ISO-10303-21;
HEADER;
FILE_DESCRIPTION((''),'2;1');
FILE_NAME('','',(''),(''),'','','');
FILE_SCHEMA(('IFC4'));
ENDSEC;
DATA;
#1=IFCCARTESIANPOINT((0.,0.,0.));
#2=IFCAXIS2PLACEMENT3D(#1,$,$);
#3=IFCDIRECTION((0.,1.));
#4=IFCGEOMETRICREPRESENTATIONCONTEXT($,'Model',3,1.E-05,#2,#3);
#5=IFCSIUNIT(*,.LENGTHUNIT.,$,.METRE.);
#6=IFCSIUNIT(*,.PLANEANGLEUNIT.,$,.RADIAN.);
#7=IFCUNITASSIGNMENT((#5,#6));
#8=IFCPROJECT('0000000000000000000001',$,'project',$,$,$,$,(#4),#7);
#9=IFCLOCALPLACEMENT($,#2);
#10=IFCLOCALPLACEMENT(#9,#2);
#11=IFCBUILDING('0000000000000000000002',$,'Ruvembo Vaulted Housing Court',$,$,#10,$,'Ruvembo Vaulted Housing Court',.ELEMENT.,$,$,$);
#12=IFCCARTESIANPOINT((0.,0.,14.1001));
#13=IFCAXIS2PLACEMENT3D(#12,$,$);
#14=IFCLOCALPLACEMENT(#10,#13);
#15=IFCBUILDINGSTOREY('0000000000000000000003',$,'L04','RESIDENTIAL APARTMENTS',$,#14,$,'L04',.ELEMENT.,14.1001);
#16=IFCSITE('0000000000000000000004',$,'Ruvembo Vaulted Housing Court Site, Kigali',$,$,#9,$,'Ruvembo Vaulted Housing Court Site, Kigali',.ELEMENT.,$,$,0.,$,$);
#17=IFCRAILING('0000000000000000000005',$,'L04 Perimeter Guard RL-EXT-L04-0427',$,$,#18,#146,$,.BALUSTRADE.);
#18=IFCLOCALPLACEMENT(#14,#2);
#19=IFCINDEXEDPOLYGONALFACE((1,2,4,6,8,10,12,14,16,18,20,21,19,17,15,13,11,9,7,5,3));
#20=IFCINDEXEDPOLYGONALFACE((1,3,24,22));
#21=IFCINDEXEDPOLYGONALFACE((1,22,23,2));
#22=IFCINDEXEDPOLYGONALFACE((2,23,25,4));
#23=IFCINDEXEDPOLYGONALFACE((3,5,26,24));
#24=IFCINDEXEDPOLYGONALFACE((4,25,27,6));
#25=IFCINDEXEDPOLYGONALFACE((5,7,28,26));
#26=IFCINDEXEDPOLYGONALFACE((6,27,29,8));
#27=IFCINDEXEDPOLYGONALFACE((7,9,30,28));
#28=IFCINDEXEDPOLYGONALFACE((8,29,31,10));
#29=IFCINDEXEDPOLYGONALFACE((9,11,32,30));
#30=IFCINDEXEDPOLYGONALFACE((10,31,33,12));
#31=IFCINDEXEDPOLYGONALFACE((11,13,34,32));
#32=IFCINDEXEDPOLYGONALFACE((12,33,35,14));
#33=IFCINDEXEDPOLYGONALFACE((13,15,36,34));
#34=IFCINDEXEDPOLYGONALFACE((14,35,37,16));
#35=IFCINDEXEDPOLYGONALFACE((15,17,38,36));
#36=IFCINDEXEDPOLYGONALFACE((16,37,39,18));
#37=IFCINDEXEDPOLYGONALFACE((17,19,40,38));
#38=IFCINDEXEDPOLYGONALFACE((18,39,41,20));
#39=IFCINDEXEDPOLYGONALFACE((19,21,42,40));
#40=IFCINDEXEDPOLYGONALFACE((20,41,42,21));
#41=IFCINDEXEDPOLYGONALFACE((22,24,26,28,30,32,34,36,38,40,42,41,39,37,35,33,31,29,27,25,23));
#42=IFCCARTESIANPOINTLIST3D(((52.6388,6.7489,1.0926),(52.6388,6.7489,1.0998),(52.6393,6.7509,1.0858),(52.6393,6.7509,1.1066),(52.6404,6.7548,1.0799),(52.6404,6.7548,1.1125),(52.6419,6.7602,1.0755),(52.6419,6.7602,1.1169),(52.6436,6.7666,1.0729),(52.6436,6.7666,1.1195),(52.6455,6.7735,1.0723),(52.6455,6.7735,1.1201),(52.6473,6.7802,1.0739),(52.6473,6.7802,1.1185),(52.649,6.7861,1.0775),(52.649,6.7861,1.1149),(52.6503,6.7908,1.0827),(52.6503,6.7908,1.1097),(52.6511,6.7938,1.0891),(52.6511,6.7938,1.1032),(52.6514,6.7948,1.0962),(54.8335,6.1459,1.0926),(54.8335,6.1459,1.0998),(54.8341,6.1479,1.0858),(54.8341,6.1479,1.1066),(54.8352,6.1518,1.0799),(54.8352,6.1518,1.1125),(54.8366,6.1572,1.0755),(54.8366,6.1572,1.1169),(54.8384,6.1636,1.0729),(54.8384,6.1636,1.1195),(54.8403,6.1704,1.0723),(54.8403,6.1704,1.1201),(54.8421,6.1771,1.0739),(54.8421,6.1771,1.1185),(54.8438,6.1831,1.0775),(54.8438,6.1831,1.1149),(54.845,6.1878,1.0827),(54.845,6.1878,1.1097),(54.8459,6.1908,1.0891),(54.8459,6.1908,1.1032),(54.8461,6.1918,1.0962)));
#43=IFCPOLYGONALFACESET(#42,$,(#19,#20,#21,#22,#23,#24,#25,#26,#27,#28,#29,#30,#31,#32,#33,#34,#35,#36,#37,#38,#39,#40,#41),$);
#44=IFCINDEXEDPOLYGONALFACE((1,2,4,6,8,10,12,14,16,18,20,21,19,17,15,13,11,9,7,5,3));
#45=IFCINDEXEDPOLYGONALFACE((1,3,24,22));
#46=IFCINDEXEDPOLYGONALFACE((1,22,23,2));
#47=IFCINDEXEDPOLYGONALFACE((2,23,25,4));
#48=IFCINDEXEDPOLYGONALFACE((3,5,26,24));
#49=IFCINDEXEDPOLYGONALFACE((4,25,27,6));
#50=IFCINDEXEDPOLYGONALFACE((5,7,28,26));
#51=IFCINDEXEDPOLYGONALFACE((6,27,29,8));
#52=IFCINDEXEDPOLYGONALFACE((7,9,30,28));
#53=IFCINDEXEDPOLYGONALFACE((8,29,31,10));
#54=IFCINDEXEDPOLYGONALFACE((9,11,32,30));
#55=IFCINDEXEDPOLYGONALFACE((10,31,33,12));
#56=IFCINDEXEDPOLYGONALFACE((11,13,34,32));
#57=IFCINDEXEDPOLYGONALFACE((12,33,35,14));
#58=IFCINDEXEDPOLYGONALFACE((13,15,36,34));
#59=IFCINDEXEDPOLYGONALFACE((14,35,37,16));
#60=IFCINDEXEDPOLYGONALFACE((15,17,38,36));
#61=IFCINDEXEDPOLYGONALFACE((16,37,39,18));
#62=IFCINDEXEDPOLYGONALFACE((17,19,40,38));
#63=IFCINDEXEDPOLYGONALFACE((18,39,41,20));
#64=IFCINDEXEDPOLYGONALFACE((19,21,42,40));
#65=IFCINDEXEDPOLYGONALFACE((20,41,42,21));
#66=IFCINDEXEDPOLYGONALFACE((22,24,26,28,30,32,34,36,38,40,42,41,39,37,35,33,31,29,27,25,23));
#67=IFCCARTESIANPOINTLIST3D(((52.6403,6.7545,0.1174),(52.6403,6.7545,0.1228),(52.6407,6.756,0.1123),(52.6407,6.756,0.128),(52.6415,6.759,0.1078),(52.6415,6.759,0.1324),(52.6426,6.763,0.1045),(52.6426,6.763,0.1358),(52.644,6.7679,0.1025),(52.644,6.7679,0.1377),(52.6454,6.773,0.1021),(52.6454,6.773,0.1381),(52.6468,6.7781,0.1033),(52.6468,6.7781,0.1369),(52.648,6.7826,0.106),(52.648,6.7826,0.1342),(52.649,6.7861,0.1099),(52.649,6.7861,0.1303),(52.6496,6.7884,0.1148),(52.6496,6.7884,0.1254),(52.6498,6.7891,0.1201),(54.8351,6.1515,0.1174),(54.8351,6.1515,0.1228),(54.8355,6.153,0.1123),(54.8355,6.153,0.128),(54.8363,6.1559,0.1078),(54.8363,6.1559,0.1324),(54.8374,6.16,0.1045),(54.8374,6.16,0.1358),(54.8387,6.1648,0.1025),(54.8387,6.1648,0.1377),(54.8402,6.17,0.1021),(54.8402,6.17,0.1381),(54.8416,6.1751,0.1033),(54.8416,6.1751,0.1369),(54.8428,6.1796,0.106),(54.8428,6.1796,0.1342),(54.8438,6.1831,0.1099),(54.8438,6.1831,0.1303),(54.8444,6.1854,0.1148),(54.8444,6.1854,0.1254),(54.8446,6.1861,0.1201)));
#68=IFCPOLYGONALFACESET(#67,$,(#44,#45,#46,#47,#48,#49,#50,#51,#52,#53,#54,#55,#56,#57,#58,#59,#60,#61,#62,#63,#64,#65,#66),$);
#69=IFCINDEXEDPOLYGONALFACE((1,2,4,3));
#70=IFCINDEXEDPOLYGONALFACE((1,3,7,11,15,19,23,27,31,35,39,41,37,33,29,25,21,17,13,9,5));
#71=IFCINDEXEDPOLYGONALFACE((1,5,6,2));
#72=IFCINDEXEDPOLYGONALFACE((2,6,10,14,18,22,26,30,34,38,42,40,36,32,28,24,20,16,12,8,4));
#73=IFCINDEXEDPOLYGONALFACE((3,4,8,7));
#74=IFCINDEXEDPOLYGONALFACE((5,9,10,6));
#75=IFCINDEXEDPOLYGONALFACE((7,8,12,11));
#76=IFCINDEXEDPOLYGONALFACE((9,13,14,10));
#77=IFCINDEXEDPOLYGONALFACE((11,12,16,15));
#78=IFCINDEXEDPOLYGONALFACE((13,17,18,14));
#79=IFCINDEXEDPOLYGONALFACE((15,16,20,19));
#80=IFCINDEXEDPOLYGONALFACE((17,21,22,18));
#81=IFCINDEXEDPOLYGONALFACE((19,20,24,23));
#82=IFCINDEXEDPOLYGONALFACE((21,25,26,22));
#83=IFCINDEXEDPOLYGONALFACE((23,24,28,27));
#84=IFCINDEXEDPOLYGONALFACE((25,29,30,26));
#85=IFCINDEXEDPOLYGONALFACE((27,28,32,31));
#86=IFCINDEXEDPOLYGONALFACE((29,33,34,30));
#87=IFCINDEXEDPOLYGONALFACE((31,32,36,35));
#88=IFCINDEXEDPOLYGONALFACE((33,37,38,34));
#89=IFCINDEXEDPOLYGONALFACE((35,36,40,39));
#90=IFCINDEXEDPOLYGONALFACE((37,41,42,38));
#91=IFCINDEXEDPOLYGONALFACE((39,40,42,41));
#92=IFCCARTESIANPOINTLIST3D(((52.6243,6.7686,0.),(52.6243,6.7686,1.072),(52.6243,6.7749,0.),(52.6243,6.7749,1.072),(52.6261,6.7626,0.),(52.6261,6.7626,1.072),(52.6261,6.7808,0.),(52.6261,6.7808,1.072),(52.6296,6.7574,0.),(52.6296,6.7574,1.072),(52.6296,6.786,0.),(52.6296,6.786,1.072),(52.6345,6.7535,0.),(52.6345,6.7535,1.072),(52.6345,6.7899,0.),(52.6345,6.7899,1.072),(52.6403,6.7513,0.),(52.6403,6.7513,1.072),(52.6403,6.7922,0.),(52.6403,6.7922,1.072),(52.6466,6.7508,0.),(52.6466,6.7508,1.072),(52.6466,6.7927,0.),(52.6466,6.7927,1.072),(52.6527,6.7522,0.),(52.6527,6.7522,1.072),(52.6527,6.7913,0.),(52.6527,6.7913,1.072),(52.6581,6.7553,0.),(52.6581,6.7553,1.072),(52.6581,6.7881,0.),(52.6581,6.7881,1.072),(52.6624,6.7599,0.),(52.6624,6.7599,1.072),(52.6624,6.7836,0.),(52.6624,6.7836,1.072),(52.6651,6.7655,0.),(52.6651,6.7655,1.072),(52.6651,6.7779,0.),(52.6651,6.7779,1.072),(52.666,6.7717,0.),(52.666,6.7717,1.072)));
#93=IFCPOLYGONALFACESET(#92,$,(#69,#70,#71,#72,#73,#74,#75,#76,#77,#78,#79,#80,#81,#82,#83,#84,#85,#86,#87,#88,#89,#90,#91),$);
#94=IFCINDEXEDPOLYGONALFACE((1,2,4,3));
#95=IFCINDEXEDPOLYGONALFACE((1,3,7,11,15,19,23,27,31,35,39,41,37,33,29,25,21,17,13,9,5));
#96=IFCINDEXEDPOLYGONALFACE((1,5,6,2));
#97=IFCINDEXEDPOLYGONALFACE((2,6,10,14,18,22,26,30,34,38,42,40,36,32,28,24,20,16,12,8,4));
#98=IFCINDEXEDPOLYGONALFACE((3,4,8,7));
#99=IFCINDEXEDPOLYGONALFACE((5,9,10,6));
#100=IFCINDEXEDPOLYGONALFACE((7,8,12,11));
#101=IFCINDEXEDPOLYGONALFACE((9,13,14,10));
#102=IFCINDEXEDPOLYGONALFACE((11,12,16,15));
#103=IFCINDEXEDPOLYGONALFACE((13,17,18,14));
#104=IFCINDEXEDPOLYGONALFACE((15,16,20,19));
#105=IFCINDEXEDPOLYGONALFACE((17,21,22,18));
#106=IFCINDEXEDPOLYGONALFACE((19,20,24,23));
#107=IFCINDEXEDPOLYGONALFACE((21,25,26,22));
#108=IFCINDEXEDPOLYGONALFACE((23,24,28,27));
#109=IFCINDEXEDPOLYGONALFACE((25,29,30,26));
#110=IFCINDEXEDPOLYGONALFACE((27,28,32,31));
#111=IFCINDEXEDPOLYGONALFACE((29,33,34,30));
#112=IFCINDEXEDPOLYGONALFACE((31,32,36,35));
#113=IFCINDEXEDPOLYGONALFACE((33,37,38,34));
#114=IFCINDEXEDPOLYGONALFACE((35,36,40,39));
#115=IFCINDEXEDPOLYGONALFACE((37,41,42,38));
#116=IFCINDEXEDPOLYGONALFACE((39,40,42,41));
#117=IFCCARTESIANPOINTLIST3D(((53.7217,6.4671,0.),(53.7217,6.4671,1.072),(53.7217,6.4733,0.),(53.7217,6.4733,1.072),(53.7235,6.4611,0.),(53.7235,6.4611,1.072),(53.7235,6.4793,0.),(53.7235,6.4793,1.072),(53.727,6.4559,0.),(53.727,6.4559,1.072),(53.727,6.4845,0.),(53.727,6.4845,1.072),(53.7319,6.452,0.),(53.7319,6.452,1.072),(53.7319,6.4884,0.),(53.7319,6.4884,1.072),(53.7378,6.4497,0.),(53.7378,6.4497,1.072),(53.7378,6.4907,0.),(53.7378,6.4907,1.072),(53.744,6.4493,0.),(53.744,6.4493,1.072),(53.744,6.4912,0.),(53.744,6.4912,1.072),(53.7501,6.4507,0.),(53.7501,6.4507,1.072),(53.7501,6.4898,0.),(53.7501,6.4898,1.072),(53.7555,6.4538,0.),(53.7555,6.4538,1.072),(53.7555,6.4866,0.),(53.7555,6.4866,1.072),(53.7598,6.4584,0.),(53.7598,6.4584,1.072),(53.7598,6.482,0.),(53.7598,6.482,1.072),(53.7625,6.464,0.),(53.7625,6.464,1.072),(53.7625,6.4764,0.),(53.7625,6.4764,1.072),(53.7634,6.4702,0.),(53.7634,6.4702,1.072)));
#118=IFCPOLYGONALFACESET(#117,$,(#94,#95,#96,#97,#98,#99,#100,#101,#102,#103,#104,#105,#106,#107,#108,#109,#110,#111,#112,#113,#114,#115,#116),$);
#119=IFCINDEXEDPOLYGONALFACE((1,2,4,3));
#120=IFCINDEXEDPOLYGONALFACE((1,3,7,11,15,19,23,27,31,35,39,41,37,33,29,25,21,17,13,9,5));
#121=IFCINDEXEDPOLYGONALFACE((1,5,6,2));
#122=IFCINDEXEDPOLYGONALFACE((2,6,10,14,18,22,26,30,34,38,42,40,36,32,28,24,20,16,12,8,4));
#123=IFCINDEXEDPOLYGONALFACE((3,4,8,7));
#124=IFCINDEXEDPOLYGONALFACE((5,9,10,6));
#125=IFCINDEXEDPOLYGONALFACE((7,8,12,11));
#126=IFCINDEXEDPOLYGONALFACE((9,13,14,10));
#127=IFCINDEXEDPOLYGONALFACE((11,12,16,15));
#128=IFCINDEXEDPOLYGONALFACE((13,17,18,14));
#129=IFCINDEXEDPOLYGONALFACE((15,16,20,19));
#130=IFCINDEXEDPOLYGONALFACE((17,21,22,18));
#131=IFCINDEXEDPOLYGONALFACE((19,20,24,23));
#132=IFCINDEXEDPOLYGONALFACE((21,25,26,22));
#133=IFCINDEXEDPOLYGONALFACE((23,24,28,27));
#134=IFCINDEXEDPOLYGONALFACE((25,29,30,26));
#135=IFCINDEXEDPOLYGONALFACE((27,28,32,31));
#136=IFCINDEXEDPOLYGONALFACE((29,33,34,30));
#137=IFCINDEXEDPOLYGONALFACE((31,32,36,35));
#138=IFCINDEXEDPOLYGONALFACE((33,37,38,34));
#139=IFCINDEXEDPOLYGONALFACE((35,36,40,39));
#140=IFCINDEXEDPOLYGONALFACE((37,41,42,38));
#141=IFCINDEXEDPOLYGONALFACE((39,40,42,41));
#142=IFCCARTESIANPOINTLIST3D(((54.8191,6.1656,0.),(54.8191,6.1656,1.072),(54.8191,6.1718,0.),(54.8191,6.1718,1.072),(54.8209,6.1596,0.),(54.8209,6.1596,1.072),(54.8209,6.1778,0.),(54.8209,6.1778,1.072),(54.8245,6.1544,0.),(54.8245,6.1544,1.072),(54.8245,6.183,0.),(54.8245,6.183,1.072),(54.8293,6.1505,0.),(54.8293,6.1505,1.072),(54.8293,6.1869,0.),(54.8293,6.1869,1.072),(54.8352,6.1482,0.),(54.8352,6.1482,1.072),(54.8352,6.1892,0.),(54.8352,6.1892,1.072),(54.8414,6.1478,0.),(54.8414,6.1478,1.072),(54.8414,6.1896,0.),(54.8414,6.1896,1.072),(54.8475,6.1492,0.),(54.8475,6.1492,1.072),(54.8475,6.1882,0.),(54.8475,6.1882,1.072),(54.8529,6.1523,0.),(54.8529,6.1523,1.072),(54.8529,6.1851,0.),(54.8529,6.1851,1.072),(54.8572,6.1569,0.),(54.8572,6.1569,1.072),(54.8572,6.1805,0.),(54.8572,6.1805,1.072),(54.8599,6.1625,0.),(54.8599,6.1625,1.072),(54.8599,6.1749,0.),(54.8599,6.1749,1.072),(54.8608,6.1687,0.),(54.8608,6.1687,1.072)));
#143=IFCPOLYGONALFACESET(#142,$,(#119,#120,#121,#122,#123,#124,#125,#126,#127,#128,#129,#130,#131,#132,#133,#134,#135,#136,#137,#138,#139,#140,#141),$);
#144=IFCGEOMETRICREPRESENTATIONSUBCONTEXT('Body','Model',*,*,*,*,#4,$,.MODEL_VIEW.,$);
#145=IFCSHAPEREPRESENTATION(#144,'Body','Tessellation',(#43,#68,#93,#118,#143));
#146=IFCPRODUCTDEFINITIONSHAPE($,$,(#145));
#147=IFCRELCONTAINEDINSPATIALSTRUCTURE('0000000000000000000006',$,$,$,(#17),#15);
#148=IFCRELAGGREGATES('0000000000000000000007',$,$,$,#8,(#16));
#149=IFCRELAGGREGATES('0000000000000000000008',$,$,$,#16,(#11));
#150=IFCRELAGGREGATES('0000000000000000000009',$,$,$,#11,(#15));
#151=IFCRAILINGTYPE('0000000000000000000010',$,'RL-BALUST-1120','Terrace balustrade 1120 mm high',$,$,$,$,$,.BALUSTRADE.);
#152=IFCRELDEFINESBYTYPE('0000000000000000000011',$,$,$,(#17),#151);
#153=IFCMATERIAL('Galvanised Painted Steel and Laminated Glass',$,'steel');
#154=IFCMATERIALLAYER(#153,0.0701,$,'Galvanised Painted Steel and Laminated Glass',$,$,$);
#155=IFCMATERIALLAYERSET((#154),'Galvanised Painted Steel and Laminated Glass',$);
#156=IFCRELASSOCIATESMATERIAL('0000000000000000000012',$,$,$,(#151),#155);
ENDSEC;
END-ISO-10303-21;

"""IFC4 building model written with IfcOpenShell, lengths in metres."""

from ifc_helpers import new_model, si_unit, direction, frame, origin, origin_2d, place, context, subcontext, project, spatial, circle, extrude, material, layer, layer_set, type_object, element, save


model = new_model("IFC4")

# Units and contexts
model_context = context("Model", 3, precision=1e-05, world=origin(), true_north=direction((0.0, 1.0)))
body_context = subcontext(model_context, "Body", "Model", "MODEL_VIEW")
ifc_project = project(units=[si_unit("LENGTHUNIT", "METRE"), si_unit("PLANEANGLEUNIT", "RADIAN")], contexts=[model_context])

# Site, building, storey
site_placement = place(None, origin())
site = spatial("IfcSite", under=ifc_project, at=site_placement, Name="Ruvembo Vaulted Housing Court Site, Kigali", LongName="Ruvembo Vaulted Housing Court Site, Kigali", CompositionType="ELEMENT", RefElevation=0.0)
building_placement = place(site_placement, origin())
building = spatial("IfcBuilding", under=site, at=building_placement, Name="Ruvembo Vaulted Housing Court", LongName="Ruvembo Vaulted Housing Court", CompositionType="ELEMENT")
storey_placement = place(building_placement, frame((0.0, 0.0, 14.1001)))
storey = spatial("IfcBuildingStorey", under=building, at=storey_placement, Name="L04", Description="RESIDENTIAL APARTMENTS", LongName="L04", CompositionType="ELEMENT", Elevation=14.1001)

# Railing
ifc_material_1 = material(Name="Galvanised Painted Steel and Laminated Glass", Category="steel")
ifc_layer_1 = layer(ifc_material_1, 0.0701, Name="Galvanised Painted Steel and Laminated Glass")
ifc_layer_set_1 = layer_set([ifc_layer_1], Name="Galvanised Painted Steel and Laminated Glass")
railing_type = type_object("IfcRailingType", Name="RL-BALUST-1120", Description="Terrace balustrade 1120 mm high", PredefinedType="BALUSTRADE", material=ifc_layer_set_1)
railing_1_placement = place(storey_placement, frame((52.645, 6.7717, 0.0)))
element("IfcRailing", 1, at=railing_1_placement, inside=storey, type_object=railing_type, Name="L04 Perimeter Guard RL-EXT-L04-0427", PredefinedType="BALUSTRADE", context=body_context, shape_type="SweptSolid", body=[
    extrude(circle(Radius=0.0239, at=origin_2d()), frame((0.0, 0.0, 1.0962), z_axis=(0.964267, -0.264932, 0.0), x_axis=(0.264932, 0.964267, 0.0)), (0.0, 0.0, 1.0), 2.2761),
    extrude(circle(Radius=0.0181, at=origin_2d()), frame((0.0, 0.0, 0.1201), z_axis=(0.964267, -0.264932, 0.0), x_axis=(0.264932, 0.964267, 0.0)), (0.0, 0.0, 1.0), 2.2761),
    extrude(circle(Radius=0.021, at=origin_2d()), origin(), (0.0, 0.0, 1.0), 1.072),
    extrude(circle(Radius=0.021, at=origin_2d()), frame((1.0974, -0.3015, 0.0)), (0.0, 0.0, 1.0), 1.072),
    extrude(circle(Radius=0.021, at=origin_2d()), frame((2.1948, -0.603, 0.0)), (0.0, 0.0, 1.0), 1.072),
])

save(model, "model.ifc")
